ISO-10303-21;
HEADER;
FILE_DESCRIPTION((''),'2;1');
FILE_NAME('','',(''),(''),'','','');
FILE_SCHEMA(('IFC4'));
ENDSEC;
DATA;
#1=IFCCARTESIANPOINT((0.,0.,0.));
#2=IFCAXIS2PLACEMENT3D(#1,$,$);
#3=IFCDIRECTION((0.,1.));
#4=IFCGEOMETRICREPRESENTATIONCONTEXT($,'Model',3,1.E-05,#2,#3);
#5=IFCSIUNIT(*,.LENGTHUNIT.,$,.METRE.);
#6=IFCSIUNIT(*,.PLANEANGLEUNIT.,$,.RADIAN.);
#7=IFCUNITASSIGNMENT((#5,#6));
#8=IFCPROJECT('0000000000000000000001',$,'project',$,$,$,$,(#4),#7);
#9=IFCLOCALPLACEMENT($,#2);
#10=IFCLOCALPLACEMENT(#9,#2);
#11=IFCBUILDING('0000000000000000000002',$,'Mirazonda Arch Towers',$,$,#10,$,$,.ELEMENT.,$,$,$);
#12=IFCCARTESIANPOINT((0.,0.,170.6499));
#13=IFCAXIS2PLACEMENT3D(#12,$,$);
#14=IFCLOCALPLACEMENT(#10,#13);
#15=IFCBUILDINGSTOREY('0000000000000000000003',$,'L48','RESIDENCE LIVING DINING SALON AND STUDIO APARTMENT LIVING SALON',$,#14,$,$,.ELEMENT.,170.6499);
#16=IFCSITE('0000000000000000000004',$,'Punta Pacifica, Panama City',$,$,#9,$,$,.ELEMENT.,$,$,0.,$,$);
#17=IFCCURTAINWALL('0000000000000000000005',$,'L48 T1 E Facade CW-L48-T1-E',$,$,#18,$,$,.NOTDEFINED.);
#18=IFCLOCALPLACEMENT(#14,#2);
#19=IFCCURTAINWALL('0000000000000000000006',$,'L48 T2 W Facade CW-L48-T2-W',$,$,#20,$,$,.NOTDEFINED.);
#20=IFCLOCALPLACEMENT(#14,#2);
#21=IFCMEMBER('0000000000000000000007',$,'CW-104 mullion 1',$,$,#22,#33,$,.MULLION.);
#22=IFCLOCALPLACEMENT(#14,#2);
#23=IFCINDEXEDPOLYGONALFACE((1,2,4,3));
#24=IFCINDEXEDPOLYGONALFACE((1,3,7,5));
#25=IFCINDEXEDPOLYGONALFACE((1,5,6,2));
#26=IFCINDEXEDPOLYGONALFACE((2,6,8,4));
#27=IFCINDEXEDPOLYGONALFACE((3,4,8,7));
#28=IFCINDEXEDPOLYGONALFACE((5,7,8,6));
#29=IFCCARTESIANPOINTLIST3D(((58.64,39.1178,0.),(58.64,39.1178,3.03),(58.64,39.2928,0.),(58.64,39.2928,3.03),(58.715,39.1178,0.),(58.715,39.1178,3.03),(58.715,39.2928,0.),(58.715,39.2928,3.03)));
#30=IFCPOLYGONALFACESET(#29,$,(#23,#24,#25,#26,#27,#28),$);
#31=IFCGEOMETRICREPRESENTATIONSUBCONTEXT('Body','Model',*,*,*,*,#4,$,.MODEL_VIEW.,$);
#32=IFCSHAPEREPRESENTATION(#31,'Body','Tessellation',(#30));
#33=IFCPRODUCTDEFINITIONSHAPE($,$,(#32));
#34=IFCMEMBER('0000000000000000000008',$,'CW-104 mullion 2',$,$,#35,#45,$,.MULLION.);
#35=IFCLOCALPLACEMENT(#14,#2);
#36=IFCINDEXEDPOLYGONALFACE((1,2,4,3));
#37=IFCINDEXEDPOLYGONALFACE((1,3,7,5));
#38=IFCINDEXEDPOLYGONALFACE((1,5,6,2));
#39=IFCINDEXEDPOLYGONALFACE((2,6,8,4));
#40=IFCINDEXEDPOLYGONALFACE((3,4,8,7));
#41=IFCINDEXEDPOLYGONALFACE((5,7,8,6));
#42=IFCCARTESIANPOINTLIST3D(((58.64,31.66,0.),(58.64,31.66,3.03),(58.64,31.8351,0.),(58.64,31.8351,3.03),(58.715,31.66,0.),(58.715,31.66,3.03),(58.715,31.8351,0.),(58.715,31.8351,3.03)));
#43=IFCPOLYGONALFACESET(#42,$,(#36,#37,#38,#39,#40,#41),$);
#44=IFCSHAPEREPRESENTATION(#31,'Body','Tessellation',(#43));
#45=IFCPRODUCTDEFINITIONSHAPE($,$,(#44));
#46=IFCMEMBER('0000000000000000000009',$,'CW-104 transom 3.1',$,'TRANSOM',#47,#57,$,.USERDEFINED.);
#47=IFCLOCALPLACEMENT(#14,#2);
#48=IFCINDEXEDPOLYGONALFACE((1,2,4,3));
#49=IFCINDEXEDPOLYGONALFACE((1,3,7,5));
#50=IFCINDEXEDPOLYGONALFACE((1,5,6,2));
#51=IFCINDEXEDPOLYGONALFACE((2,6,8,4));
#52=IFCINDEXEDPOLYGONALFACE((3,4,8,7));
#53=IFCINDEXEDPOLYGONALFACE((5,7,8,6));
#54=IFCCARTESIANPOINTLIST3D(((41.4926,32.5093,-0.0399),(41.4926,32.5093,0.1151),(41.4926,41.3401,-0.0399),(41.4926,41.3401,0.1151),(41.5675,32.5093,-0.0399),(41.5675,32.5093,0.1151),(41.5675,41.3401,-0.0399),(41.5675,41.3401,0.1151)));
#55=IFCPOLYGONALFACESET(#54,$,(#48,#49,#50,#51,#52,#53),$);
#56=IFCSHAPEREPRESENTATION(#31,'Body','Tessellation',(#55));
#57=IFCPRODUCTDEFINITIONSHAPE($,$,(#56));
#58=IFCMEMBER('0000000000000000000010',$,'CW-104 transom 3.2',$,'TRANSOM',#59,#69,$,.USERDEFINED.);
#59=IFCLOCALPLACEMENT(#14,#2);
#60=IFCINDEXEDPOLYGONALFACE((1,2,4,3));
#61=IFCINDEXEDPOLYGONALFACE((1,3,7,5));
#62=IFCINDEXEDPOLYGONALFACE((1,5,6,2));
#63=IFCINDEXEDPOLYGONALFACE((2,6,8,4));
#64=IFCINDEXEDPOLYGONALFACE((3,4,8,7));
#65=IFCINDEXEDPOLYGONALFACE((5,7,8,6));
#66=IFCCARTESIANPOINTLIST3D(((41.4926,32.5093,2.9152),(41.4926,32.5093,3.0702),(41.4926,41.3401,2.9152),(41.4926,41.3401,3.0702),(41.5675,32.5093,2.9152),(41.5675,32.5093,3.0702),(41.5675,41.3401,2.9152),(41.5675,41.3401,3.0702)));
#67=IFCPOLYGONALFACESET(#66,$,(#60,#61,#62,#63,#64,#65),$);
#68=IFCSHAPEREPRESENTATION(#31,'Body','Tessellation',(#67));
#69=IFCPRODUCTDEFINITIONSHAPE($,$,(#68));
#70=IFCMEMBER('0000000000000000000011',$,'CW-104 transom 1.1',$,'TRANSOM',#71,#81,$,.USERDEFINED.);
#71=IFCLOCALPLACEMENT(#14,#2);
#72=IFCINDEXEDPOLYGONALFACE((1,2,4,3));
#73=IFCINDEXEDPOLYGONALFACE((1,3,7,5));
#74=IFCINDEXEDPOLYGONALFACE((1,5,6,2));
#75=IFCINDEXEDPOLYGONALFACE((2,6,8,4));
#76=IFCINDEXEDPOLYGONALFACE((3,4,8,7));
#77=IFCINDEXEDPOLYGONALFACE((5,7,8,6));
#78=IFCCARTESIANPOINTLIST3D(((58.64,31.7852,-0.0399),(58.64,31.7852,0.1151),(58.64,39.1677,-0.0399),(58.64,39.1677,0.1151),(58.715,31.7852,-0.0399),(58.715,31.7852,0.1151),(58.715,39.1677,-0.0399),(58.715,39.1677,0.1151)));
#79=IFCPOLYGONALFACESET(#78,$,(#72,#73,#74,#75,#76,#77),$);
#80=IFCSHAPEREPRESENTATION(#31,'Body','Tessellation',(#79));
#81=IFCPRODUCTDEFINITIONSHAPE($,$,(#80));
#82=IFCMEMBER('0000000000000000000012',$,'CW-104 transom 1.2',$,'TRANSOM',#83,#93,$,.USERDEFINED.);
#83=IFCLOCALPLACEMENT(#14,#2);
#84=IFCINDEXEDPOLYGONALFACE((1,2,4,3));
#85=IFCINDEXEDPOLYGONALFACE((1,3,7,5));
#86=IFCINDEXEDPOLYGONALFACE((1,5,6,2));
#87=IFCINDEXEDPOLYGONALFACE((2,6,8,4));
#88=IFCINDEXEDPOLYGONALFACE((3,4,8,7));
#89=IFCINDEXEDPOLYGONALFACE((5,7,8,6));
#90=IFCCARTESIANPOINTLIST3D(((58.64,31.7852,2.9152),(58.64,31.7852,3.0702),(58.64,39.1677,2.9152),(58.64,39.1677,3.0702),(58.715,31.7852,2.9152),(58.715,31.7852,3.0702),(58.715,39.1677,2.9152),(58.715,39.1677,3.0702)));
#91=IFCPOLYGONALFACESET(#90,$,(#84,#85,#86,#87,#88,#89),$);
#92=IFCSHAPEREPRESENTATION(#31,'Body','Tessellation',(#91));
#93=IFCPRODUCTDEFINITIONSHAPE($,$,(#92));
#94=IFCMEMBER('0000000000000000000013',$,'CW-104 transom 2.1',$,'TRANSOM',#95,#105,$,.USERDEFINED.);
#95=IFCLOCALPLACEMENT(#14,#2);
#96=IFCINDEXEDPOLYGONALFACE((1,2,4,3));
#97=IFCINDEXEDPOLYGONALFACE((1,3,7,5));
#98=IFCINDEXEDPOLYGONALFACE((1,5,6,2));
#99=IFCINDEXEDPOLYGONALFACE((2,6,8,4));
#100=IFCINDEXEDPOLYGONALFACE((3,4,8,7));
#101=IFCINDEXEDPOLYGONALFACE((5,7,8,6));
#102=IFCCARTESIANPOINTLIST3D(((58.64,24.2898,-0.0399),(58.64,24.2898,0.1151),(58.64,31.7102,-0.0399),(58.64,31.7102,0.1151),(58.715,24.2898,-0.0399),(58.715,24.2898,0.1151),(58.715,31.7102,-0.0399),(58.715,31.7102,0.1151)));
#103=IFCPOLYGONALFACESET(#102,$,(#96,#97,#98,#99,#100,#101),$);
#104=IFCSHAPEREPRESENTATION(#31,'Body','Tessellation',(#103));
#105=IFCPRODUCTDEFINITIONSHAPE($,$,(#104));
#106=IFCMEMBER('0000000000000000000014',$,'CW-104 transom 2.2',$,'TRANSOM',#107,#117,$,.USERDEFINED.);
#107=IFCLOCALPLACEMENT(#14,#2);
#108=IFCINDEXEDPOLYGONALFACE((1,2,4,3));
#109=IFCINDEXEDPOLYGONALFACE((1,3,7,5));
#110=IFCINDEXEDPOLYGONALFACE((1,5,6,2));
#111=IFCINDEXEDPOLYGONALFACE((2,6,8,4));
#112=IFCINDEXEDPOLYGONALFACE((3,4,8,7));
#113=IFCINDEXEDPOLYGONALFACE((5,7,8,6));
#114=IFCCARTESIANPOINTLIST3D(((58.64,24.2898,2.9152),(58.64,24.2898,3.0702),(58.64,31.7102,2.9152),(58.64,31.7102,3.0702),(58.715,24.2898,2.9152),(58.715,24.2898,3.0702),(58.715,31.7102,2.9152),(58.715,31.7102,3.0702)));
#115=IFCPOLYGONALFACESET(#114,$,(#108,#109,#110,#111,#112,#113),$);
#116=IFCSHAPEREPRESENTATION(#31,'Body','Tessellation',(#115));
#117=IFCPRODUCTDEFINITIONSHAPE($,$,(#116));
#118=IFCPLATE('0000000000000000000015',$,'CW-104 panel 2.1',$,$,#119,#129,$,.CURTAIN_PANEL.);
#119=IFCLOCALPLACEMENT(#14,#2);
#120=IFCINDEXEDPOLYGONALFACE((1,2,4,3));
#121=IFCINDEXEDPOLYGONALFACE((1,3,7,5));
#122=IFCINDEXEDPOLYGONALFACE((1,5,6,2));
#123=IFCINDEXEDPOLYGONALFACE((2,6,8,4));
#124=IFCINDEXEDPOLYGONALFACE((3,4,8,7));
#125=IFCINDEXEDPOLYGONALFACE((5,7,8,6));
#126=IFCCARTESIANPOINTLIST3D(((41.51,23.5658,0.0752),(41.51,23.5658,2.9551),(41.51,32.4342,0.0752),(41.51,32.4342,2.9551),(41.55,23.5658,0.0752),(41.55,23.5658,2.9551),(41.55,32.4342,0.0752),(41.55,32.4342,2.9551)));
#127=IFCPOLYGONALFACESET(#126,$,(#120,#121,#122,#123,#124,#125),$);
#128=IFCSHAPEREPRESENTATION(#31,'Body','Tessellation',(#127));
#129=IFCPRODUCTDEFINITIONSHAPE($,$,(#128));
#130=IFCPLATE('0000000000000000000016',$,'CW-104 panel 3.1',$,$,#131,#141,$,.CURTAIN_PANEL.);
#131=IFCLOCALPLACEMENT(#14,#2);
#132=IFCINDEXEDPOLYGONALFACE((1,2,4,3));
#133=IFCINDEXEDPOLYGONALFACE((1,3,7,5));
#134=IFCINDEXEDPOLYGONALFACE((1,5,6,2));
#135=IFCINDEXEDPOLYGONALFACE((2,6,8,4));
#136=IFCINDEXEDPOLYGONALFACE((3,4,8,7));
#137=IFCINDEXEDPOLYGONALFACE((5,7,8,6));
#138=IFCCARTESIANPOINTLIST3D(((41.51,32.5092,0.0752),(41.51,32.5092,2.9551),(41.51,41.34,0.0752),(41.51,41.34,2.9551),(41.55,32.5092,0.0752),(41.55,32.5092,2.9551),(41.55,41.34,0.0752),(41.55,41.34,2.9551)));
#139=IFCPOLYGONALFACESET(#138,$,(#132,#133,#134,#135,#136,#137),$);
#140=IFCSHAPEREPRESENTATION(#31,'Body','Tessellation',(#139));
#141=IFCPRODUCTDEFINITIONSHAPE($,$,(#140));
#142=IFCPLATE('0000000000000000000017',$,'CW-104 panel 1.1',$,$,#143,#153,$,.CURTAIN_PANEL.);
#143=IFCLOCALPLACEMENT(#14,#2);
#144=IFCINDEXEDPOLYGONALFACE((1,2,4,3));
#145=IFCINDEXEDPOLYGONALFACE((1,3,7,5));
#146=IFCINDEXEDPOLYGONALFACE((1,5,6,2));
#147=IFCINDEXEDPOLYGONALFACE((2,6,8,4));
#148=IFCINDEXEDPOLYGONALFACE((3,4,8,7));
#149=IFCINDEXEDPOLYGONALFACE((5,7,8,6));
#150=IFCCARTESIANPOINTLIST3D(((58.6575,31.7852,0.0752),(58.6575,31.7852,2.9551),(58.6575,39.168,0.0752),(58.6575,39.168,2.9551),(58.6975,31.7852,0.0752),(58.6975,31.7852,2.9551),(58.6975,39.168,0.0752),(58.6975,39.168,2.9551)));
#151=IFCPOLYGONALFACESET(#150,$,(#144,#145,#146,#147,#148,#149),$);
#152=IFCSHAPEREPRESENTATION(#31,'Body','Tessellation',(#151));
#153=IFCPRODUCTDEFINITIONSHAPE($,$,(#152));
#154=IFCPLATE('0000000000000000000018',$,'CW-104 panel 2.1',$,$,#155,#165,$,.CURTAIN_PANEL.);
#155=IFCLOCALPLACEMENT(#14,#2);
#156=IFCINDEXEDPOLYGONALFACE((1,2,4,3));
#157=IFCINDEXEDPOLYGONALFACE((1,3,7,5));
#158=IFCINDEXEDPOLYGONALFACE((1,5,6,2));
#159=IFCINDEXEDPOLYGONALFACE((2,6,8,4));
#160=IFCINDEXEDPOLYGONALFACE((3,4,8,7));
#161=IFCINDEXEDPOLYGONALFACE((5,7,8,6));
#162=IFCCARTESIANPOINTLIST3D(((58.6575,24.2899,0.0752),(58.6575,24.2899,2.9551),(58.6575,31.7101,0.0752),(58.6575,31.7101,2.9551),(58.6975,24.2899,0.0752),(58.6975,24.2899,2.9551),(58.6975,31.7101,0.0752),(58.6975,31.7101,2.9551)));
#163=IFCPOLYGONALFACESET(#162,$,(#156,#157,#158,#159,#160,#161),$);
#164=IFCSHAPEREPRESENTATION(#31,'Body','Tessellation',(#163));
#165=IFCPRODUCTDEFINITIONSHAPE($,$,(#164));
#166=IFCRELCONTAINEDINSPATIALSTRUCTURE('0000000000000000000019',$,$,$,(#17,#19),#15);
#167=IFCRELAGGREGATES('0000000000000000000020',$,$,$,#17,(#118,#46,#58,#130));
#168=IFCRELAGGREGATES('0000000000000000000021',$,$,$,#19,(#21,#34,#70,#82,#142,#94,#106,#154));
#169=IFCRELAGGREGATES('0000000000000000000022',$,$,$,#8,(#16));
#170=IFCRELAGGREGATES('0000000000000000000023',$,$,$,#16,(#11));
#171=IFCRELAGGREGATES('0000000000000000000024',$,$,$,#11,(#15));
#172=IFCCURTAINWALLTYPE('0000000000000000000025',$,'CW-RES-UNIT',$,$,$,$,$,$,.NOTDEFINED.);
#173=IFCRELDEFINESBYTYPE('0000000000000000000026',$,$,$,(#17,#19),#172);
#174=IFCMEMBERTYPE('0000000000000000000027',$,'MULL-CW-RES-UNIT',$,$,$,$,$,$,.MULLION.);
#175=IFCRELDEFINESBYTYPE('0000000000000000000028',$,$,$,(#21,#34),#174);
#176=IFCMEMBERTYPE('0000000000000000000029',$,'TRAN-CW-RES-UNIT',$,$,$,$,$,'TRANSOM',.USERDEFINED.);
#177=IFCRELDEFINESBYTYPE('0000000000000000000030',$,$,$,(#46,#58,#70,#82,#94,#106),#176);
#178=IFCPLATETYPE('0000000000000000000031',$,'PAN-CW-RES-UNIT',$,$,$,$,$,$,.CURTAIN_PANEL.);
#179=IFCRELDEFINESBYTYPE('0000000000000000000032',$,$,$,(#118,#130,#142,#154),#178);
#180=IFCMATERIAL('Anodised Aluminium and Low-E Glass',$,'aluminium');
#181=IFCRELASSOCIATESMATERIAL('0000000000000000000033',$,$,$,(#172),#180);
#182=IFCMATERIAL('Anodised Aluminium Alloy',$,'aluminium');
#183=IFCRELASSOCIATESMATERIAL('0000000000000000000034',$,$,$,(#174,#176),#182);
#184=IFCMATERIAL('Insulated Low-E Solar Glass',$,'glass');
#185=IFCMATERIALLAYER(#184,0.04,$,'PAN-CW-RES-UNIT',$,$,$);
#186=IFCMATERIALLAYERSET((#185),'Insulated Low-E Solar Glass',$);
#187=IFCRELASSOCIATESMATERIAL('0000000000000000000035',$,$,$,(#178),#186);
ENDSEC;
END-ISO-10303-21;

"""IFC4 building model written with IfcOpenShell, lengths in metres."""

from ifc_helpers import new_model, si_unit, direction, frame, origin, origin_2d, place, context, subcontext, project, spatial, rectangle, extrude, material, layer, layer_set, material_profile, profile_set, type_object, element, aggregate, save


model = new_model("IFC4")

# Units and contexts
model_context = context("Model", 3, precision=1e-05, world=origin(), true_north=direction((0.0, 1.0)))
body_context = subcontext(model_context, "Body", "Model", "MODEL_VIEW")
ifc_project = project(units=[si_unit("LENGTHUNIT", "METRE"), si_unit("PLANEANGLEUNIT", "RADIAN")], contexts=[model_context])

# Site, building, storey
site_placement = place(None, origin())
site = spatial("IfcSite", under=ifc_project, at=site_placement, Name="Punta Pacifica, Panama City", CompositionType="ELEMENT", RefElevation=0.0)
building_placement = place(site_placement, origin())
building = spatial("IfcBuilding", under=site, at=building_placement, Name="Mirazonda Arch Towers", CompositionType="ELEMENT")
storey_placement = place(building_placement, frame((0.0, 0.0, 170.6499)))
storey = spatial("IfcBuildingStorey", under=building, at=storey_placement, Name="L48", Description="RESIDENCE LIVING DINING SALON AND STUDIO APARTMENT LIVING SALON", CompositionType="ELEMENT", Elevation=170.6499)

# Curtain wall
ifc_material_1 = material(Name="Anodised Aluminium and Low-E Glass", Category="aluminium")
curtain_wall_type = type_object("IfcCurtainWallType", Name="CW-RES-UNIT", PredefinedType="NOTDEFINED", material=ifc_material_1)
curtain_wall_1_placement = place(storey_placement, origin())
curtain_wall_1 = element("IfcCurtainWall", 1, at=curtain_wall_1_placement, inside=storey, type_object=curtain_wall_type, Name="L48 T1 E Facade CW-L48-T1-E", PredefinedType="NOTDEFINED")
ifc_material_2 = material(Name="Anodised Aluminium Alloy", Category="aluminium")
ifc_material_profile_1 = material_profile(ifc_material_2, rectangle(XDim=0.075, YDim=0.175, at=origin_2d()), Name="ALU-MULL-75x175")
ifc_profile_set_1 = profile_set([ifc_material_profile_1], Name="Anodised Aluminium Alloy")
member_type_1 = type_object("IfcMemberType", Name="MULL-CW-RES-UNIT", PredefinedType="MULLION", material=ifc_profile_set_1)

# Curtain wall, members
curtain_wall_2_placement = place(storey_placement, origin())
curtain_wall_2 = element("IfcCurtainWall", 2, at=curtain_wall_2_placement, inside=storey, type_object=curtain_wall_type, Name="L48 T2 W Facade CW-L48-T2-W", PredefinedType="NOTDEFINED")
member_1_placement = place(storey_placement, frame((58.6775, 39.2053, 0.0), z_axis=(0.0, 0.0, 1.0), x_axis=(1.0, 0.0, 0.0)))
member_1 = element("IfcMember", 3, at=member_1_placement, type_object=member_type_1, Name="CW-104 mullion 1", PredefinedType="MULLION", context=body_context, shape_type="SweptSolid", body=[
    extrude(rectangle(XDim=0.075, YDim=0.175, at=origin_2d()), origin(), (0.0, 0.0, 1.0), 3.03),
])
member_2_placement = place(storey_placement, frame((58.6775, 31.7476, 0.0), z_axis=(0.0, 0.0, 1.0), x_axis=(1.0, 0.0, 0.0)))
member_2 = element("IfcMember", 4, at=member_2_placement, type_object=member_type_1, Name="CW-104 mullion 2", PredefinedType="MULLION", context=body_context, shape_type="SweptSolid", body=[
    extrude(rectangle(XDim=0.075, YDim=0.175, at=origin_2d()), origin(), (0.0, 0.0, 1.0), 3.03),
])

# Members
ifc_material_profile_2 = material_profile(ifc_material_2, rectangle(XDim=0.075, YDim=0.155, at=origin_2d()), Name="ALU-TRAN-75x155")
ifc_profile_set_2 = profile_set([ifc_material_profile_2], Name="Anodised Aluminium Alloy")
member_type_2 = type_object("IfcMemberType", Name="TRAN-CW-RES-UNIT", ElementType="TRANSOM", PredefinedType="USERDEFINED", material=ifc_profile_set_2)
member_3_placement = place(storey_placement, frame((41.53, 32.5093, 0.0376), z_axis=(0.0, 1.0, 0.0), x_axis=(-1.0, 0.0, 0.0)))
member_3 = element("IfcMember", 5, at=member_3_placement, type_object=member_type_2, Name="CW-104 transom 3.1", ObjectType="TRANSOM", PredefinedType="USERDEFINED", context=body_context, shape_type="SweptSolid", body=[
    extrude(rectangle(XDim=0.075, YDim=0.155, at=origin_2d()), origin(), (0.0, 0.0, 1.0), 8.8308),
])
member_4_placement = place(storey_placement, frame((41.53, 32.5093, 2.9927), z_axis=(0.0, 1.0, 0.0), x_axis=(-1.0, 0.0, 0.0)))
member_4 = element("IfcMember", 6, at=member_4_placement, type_object=member_type_2, Name="CW-104 transom 3.2", ObjectType="TRANSOM", PredefinedType="USERDEFINED", context=body_context, shape_type="SweptSolid", body=[
    extrude(rectangle(XDim=0.075, YDim=0.155, at=origin_2d()), origin(), (0.0, 0.0, 1.0), 8.8308),
])
member_5_placement = place(storey_placement, frame((58.6775, 39.1677, 0.0376), z_axis=(0.0, -1.0, 0.0), x_axis=(1.0, 0.0, 0.0)))
member_5 = element("IfcMember", 7, at=member_5_placement, type_object=member_type_2, Name="CW-104 transom 1.1", ObjectType="TRANSOM", PredefinedType="USERDEFINED", context=body_context, shape_type="SweptSolid", body=[
    extrude(rectangle(XDim=0.075, YDim=0.155, at=origin_2d()), origin(), (0.0, 0.0, 1.0), 7.3826),
])
member_6_placement = place(storey_placement, frame((58.6775, 39.1677, 2.9927), z_axis=(0.0, -1.0, 0.0), x_axis=(1.0, 0.0, 0.0)))
member_6 = element("IfcMember", 8, at=member_6_placement, type_object=member_type_2, Name="CW-104 transom 1.2", ObjectType="TRANSOM", PredefinedType="USERDEFINED", context=body_context, shape_type="SweptSolid", body=[
    extrude(rectangle(XDim=0.075, YDim=0.155, at=origin_2d()), origin(), (0.0, 0.0, 1.0), 7.3826),
])
member_7_placement = place(storey_placement, frame((58.6775, 31.7102, 0.0376), z_axis=(0.0, -1.0, 0.0), x_axis=(1.0, 0.0, 0.0)))
member_7 = element("IfcMember", 9, at=member_7_placement, type_object=member_type_2, Name="CW-104 transom 2.1", ObjectType="TRANSOM", PredefinedType="USERDEFINED", context=body_context, shape_type="SweptSolid", body=[
    extrude(rectangle(XDim=0.075, YDim=0.155, at=origin_2d()), origin(), (0.0, 0.0, 1.0), 7.4204),
])
member_8_placement = place(storey_placement, frame((58.6775, 31.7102, 2.9927), z_axis=(0.0, -1.0, 0.0), x_axis=(1.0, 0.0, 0.0)))
member_8 = element("IfcMember", 10, at=member_8_placement, type_object=member_type_2, Name="CW-104 transom 2.2", ObjectType="TRANSOM", PredefinedType="USERDEFINED", context=body_context, shape_type="SweptSolid", body=[
    extrude(rectangle(XDim=0.075, YDim=0.155, at=origin_2d()), origin(), (0.0, 0.0, 1.0), 7.4204),
])

# Plates
ifc_material_3 = material(Name="Insulated Low-E Solar Glass", Category="glass")
ifc_layer_1 = layer(ifc_material_3, 0.04, Name="PAN-CW-RES-UNIT")
ifc_layer_set_1 = layer_set([ifc_layer_1], Name="Insulated Low-E Solar Glass")
plate_type = type_object("IfcPlateType", Name="PAN-CW-RES-UNIT", PredefinedType="CURTAIN_PANEL", material=ifc_layer_set_1)
plate_1_placement = place(storey_placement, frame((41.53, 28.0, 0.0752), z_axis=(0.0, 0.0, 1.0), x_axis=(0.0, 1.0, 0.0)))
plate_1 = element("IfcPlate", 11, at=plate_1_placement, type_object=plate_type, Name="CW-104 panel 2.1", PredefinedType="CURTAIN_PANEL", context=body_context, shape_type="SweptSolid", body=[
    extrude(rectangle(XDim=8.8684, YDim=0.04, at=origin_2d()), origin(), (0.0, 0.0, 1.0), 2.8799),
])
plate_2_placement = place(storey_placement, frame((41.53, 36.9246, 0.0752), z_axis=(0.0, 0.0, 1.0), x_axis=(0.0, 1.0, 0.0)))
plate_2 = element("IfcPlate", 12, at=plate_2_placement, type_object=plate_type, Name="CW-104 panel 3.1", PredefinedType="CURTAIN_PANEL", context=body_context, shape_type="SweptSolid", body=[
    extrude(rectangle(XDim=8.8308, YDim=0.04, at=origin_2d()), origin(), (0.0, 0.0, 1.0), 2.8799),
])
aggregate(curtain_wall_1, [plate_1, member_3, member_4, plate_2])
plate_3_placement = place(storey_placement, frame((58.6775, 35.4766, 0.0752), z_axis=(0.0, 0.0, 1.0), x_axis=(0.0, -1.0, 0.0)))
plate_3 = element("IfcPlate", 13, at=plate_3_placement, type_object=plate_type, Name="CW-104 panel 1.1", PredefinedType="CURTAIN_PANEL", context=body_context, shape_type="SweptSolid", body=[
    extrude(rectangle(XDim=7.3828, YDim=0.04, at=origin_2d()), origin(), (0.0, 0.0, 1.0), 2.8799),
])
plate_4_placement = place(storey_placement, frame((58.6775, 28.0, 0.0752), z_axis=(0.0, 0.0, 1.0), x_axis=(0.0, -1.0, 0.0)))
plate_4 = element("IfcPlate", 14, at=plate_4_placement, type_object=plate_type, Name="CW-104 panel 2.1", PredefinedType="CURTAIN_PANEL", context=body_context, shape_type="SweptSolid", body=[
    extrude(rectangle(XDim=7.4202, YDim=0.04, at=origin_2d()), origin(), (0.0, 0.0, 1.0), 2.8799),
])
aggregate(curtain_wall_2, [member_1, member_2, member_5, member_6, plate_3, member_7, member_8, plate_4])

save(model, "model.ifc")
